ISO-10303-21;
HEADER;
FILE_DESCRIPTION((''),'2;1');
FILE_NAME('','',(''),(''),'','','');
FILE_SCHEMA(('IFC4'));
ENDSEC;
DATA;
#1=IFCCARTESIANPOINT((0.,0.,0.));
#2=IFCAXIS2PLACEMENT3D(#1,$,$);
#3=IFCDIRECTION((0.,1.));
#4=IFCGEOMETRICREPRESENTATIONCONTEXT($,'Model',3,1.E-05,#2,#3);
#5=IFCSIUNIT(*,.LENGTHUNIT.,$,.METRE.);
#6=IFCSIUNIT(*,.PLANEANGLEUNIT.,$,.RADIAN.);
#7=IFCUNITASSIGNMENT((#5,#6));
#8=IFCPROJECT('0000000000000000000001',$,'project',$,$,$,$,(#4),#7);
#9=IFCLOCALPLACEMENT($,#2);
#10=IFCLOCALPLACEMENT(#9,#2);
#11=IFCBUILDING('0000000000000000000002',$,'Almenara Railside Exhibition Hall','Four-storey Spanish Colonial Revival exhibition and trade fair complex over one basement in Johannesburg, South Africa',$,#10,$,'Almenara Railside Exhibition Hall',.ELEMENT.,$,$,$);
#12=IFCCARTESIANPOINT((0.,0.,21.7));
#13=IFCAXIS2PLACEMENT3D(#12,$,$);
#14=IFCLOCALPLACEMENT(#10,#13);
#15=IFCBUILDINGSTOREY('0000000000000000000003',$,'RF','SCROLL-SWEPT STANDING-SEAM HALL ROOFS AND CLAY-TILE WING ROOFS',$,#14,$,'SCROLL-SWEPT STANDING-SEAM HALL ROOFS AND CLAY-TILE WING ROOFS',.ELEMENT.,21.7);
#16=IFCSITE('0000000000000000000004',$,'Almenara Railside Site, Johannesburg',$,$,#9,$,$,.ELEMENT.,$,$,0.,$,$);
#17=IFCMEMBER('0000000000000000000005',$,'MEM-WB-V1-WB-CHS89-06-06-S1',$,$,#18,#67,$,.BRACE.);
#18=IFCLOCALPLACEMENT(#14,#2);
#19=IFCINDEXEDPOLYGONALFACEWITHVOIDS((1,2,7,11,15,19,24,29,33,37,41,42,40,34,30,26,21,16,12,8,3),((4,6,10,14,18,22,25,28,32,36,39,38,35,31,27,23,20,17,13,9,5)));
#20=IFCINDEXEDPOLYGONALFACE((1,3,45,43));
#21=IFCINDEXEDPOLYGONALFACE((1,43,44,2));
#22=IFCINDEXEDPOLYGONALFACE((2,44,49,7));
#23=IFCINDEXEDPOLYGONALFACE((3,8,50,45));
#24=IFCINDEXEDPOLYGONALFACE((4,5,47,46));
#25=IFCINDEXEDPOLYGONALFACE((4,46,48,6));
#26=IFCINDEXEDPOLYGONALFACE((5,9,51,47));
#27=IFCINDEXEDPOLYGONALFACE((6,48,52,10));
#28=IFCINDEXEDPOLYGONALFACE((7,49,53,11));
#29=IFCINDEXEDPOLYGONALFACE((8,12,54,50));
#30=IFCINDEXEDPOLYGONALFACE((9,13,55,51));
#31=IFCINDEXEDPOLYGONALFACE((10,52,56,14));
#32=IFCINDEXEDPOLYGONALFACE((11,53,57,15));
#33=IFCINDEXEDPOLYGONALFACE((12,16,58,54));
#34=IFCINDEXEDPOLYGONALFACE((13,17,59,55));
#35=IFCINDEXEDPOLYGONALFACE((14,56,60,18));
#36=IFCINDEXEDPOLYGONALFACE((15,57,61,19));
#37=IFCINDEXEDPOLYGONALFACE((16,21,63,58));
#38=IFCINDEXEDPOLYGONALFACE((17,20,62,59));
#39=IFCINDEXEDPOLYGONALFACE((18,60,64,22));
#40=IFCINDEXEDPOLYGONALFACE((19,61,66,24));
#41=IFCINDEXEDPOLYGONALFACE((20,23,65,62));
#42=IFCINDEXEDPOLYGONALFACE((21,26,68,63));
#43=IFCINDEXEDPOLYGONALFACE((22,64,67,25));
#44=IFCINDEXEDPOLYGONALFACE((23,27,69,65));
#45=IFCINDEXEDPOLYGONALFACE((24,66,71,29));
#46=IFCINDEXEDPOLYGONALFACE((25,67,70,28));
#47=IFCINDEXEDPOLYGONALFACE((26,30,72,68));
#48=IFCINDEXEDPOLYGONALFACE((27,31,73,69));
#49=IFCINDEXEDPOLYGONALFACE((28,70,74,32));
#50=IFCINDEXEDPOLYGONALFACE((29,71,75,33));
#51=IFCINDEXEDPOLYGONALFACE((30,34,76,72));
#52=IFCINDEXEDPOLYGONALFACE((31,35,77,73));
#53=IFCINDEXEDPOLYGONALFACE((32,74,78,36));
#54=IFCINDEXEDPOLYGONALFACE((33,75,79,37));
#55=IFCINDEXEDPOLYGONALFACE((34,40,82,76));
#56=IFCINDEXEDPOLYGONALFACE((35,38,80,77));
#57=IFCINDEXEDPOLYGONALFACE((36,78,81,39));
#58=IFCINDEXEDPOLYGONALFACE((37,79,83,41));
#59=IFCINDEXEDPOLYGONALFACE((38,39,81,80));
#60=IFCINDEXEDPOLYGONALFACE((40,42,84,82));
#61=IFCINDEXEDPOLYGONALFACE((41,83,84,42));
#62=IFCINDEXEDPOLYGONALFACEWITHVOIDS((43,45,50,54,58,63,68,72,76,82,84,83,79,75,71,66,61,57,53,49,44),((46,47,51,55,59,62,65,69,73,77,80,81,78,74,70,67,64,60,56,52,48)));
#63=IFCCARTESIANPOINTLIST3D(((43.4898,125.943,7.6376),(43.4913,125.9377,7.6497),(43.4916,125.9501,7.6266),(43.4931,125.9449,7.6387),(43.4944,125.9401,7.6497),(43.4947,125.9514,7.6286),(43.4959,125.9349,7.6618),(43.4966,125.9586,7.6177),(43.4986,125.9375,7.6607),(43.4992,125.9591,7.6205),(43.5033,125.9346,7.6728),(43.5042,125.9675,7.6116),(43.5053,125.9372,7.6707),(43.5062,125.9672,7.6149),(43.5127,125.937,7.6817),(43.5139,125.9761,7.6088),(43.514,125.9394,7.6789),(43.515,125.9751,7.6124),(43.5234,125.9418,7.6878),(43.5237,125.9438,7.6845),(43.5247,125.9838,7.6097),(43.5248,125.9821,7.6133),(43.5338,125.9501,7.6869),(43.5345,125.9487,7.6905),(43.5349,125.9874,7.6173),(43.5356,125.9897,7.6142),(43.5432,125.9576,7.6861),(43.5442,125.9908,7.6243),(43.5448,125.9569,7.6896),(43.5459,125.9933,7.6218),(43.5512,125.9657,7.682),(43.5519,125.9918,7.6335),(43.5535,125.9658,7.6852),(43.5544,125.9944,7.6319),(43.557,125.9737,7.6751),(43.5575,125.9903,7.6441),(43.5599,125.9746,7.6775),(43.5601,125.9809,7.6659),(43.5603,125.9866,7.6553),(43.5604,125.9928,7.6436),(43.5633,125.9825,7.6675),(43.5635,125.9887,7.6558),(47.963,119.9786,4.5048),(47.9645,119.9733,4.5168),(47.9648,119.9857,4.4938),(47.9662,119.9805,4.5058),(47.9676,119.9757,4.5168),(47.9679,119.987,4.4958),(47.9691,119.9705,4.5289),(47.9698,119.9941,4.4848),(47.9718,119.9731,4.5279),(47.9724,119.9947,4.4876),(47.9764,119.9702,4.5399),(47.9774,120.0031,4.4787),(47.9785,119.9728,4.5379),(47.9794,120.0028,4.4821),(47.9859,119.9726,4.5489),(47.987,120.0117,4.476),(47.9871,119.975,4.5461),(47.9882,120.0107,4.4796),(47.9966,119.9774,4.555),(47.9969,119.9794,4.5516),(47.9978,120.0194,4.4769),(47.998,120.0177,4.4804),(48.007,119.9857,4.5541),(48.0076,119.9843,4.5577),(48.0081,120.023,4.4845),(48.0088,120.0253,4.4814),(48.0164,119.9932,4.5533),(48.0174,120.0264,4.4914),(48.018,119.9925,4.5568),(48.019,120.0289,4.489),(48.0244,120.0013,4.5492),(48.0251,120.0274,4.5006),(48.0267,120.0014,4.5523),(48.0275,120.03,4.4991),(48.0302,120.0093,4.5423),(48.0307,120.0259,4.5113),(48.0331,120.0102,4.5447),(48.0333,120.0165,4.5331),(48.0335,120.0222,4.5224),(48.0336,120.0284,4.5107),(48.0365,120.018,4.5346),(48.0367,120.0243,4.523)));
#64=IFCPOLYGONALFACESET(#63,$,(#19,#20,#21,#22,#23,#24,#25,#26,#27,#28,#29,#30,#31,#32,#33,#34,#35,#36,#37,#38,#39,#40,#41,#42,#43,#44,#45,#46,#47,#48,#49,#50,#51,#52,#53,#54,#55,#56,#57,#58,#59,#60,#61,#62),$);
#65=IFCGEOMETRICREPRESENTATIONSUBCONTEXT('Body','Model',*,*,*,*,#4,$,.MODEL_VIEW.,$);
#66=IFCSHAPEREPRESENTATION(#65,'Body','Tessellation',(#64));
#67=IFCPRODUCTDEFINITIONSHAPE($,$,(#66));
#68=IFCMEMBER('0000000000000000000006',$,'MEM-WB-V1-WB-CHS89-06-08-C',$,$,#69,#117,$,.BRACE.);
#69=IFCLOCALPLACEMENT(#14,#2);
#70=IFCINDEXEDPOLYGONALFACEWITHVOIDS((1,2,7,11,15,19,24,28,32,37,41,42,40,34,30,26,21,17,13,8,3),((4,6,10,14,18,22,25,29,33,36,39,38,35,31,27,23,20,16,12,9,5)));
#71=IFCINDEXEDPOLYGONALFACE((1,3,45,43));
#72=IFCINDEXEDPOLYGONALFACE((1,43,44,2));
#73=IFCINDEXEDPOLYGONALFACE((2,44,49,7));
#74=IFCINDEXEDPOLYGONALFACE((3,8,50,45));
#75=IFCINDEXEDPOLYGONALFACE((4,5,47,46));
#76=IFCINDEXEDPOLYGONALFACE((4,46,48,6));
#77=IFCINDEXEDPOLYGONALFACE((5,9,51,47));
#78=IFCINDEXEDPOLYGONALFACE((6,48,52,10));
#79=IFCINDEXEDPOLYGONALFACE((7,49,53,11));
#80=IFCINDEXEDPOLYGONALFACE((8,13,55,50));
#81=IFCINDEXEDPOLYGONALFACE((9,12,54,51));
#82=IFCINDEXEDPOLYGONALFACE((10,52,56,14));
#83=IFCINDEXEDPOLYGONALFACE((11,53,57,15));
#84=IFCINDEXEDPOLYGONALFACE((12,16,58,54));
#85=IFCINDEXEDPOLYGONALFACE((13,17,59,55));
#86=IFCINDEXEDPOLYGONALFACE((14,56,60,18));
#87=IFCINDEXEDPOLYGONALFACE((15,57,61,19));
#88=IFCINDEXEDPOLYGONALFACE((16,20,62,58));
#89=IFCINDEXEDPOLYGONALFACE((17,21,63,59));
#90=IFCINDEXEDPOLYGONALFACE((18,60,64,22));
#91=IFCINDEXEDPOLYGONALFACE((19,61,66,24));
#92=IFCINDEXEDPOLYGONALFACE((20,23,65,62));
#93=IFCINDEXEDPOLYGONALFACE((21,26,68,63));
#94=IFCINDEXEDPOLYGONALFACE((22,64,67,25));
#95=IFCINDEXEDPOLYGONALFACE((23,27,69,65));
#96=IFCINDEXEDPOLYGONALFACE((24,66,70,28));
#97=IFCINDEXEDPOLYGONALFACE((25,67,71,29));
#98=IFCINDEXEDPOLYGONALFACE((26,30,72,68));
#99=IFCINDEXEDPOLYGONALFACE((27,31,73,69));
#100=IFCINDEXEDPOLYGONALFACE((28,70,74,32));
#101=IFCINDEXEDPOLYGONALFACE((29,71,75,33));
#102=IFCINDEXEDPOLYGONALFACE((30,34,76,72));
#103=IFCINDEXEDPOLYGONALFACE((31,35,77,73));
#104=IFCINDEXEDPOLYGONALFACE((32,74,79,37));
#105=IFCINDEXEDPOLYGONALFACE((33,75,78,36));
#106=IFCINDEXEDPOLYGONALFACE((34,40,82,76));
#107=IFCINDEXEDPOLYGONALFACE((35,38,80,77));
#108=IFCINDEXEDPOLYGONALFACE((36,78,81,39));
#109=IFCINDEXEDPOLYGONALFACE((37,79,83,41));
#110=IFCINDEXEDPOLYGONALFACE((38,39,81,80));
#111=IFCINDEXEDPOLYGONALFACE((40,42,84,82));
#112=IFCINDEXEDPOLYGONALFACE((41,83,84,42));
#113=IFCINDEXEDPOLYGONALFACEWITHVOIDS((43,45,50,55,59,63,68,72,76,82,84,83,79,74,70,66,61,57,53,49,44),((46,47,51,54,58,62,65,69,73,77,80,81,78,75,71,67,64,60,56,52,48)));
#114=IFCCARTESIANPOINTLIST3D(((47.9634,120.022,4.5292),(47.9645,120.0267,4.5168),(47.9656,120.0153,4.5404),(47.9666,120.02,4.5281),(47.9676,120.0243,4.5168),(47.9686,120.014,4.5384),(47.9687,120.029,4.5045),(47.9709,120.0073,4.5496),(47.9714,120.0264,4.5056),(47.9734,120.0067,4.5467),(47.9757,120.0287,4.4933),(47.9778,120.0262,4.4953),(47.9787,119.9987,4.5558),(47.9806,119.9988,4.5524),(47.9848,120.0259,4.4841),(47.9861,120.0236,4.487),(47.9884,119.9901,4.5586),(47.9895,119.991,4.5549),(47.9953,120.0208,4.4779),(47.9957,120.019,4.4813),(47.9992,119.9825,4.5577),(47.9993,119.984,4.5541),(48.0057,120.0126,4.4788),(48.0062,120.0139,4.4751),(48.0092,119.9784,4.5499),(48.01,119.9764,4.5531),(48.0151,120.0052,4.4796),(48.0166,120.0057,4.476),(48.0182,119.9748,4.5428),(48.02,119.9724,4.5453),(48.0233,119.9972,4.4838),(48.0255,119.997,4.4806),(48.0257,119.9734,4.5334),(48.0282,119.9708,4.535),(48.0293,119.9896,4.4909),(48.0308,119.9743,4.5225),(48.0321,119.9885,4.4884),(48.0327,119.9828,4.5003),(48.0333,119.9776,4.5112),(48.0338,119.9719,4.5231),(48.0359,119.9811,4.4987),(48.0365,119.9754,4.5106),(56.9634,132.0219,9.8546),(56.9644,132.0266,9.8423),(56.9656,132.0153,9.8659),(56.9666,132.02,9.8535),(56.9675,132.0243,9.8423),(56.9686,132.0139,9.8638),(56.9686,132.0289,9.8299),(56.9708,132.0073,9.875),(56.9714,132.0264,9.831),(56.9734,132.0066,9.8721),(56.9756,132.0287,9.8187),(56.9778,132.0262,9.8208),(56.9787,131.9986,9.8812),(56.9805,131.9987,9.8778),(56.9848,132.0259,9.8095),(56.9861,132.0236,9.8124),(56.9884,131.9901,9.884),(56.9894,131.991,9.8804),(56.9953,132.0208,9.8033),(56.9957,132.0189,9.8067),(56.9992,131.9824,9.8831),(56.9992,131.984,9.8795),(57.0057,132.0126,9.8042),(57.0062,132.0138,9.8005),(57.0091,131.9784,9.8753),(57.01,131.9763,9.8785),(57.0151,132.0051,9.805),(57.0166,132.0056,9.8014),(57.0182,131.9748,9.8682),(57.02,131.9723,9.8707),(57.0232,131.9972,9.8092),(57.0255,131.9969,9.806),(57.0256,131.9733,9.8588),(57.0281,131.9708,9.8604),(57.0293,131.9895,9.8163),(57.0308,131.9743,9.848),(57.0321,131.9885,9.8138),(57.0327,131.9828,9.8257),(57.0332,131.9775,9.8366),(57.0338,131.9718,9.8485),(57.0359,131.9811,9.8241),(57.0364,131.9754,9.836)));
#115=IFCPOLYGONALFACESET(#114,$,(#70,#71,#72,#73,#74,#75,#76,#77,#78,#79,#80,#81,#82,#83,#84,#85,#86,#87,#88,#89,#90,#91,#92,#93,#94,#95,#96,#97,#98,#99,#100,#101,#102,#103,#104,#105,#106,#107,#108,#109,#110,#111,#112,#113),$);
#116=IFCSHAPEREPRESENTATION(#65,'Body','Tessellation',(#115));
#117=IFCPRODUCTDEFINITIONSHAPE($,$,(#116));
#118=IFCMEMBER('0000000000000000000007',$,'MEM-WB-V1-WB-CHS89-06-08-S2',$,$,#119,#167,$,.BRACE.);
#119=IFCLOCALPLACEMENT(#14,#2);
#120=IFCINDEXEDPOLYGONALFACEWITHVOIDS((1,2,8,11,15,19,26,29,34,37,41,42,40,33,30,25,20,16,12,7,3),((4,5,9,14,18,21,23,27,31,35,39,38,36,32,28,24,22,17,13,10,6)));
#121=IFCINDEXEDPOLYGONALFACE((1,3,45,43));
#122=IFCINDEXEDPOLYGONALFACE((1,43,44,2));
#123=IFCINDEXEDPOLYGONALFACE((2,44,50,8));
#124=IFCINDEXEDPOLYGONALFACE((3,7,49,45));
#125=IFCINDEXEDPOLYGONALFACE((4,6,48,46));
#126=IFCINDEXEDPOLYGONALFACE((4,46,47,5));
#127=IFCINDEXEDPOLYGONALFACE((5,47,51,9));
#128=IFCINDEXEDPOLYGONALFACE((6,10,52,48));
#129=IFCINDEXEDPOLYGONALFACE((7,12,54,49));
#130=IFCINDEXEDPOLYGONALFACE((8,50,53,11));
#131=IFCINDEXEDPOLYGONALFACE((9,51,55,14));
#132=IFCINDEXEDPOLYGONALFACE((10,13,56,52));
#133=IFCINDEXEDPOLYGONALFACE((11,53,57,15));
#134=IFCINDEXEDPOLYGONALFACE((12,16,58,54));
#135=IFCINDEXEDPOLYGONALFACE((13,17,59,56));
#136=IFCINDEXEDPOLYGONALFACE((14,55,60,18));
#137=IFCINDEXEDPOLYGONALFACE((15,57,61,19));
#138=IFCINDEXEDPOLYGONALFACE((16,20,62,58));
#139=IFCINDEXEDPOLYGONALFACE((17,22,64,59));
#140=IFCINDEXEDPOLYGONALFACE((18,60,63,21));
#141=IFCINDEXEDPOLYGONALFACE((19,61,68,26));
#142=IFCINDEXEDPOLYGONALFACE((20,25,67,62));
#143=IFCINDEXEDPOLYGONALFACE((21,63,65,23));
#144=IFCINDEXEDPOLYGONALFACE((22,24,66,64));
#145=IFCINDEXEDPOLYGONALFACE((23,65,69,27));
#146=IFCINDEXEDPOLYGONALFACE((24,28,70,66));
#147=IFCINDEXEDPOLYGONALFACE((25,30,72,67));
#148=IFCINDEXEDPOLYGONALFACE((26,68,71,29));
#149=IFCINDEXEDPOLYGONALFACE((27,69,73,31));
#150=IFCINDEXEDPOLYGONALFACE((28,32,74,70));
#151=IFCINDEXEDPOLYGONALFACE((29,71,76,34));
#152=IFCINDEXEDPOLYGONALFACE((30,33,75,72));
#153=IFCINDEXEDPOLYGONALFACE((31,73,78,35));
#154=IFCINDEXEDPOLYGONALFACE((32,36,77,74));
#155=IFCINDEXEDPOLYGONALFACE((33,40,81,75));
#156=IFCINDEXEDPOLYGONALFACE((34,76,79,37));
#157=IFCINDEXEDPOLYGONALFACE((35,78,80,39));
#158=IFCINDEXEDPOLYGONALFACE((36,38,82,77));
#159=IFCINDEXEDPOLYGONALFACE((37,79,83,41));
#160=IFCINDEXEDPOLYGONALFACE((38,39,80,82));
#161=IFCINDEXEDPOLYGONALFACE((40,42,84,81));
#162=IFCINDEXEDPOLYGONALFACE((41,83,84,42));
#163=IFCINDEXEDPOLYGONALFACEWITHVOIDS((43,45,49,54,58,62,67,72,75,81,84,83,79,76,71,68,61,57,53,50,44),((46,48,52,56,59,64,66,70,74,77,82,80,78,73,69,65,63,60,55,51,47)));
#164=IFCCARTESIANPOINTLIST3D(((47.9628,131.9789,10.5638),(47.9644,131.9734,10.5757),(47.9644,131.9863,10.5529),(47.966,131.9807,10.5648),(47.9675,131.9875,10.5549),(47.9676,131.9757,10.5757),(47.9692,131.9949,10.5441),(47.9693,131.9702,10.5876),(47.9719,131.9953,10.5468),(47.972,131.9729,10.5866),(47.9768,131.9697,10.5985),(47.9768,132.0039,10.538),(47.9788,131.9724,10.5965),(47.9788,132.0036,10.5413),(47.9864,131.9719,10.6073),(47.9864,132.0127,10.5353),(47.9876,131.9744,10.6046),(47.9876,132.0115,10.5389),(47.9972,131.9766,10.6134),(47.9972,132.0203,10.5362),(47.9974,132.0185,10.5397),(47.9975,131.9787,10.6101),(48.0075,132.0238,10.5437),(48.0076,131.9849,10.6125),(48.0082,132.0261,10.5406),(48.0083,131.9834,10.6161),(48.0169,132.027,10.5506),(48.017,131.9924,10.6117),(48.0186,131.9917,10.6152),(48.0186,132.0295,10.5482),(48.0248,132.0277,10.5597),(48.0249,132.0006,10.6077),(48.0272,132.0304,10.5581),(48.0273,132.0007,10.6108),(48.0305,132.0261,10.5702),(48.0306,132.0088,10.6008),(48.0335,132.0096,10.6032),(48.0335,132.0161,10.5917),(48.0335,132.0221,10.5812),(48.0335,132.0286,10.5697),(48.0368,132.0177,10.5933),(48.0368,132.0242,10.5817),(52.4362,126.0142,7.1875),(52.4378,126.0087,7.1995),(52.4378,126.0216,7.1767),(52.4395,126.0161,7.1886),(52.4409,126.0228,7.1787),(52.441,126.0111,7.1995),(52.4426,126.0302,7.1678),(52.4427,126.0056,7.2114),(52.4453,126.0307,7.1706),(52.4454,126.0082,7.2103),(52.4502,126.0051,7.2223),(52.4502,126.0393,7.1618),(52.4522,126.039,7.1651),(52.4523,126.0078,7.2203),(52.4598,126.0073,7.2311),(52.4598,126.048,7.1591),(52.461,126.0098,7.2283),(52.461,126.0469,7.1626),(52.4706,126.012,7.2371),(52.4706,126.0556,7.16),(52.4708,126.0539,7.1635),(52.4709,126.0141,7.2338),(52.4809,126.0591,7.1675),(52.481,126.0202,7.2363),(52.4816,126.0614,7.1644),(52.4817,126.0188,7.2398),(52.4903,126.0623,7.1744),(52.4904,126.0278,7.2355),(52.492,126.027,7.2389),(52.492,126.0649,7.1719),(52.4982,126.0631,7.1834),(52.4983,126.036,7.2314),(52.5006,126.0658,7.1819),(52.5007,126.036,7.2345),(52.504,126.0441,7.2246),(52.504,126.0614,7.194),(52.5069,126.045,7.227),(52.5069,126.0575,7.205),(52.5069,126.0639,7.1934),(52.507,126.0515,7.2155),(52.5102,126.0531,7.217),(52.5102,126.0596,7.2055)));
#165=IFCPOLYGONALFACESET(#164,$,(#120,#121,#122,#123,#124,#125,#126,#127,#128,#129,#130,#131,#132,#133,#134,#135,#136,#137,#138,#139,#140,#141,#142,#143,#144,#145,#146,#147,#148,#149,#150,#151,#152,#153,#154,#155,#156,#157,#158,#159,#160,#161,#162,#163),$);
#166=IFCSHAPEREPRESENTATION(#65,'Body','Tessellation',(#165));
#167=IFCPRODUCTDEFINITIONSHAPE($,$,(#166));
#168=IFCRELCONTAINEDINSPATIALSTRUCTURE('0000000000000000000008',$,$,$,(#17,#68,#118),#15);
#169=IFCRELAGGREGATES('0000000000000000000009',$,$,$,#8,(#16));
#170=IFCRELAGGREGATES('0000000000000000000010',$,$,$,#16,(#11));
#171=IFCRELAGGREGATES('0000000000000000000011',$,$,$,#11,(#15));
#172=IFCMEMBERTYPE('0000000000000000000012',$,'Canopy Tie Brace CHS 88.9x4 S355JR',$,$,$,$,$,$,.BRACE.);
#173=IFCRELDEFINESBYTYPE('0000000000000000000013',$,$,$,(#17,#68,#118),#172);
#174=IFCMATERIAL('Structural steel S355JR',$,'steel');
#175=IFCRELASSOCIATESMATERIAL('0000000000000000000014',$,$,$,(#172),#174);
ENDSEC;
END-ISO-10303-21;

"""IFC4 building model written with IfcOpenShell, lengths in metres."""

from ifc_helpers import new_model, si_unit, direction, frame, origin, origin_2d, place, context, subcontext, project, spatial, hollow_circle, extrude, material, material_profile, profile_set, type_object, element, save


model = new_model("IFC4")

# Units and contexts
model_context = context("Model", 3, precision=1e-05, world=origin(), true_north=direction((0.0, 1.0)))
body_context = subcontext(model_context, "Body", "Model", "MODEL_VIEW")
ifc_project = project(units=[si_unit("LENGTHUNIT", "METRE"), si_unit("PLANEANGLEUNIT", "RADIAN")], contexts=[model_context])

# Site, building, storey
site_placement = place(None, origin())
site = spatial("IfcSite", under=ifc_project, at=site_placement, Name="Almenara Railside Site, Johannesburg", CompositionType="ELEMENT", RefElevation=0.0)
building_placement = place(site_placement, origin())
building = spatial("IfcBuilding", under=site, at=building_placement, Name="Almenara Railside Exhibition Hall", Description="Four-storey Spanish Colonial Revival exhibition and trade fair complex over one basement in Johannesburg, South Africa", LongName="Almenara Railside Exhibition Hall", CompositionType="ELEMENT")
storey_placement = place(building_placement, frame((0.0, 0.0, 21.7)))
storey = spatial("IfcBuildingStorey", under=building, at=storey_placement, Name="RF", Description="SCROLL-SWEPT STANDING-SEAM HALL ROOFS AND CLAY-TILE WING ROOFS", LongName="SCROLL-SWEPT STANDING-SEAM HALL ROOFS AND CLAY-TILE WING ROOFS", CompositionType="ELEMENT", Elevation=21.7)

# Members
ifc_material_1 = material(Name="Structural steel S355JR", Category="steel")
ifc_material_profile_1 = material_profile(ifc_material_1, hollow_circle(Radius=0.0444, WallThickness=0.0039, at=origin_2d()), Name="CHS 88.9x4")
ifc_profile_set_1 = profile_set([ifc_material_profile_1], Name="Structural steel S355JR")
member_type_1 = type_object("IfcMemberType", Name="Canopy Tie Brace CHS 88.9x4 S355JR", PredefinedType="BRACE", material=ifc_profile_set_1)
member_1_placement = place(storey_placement, frame((48.0, 120.0, 4.5168), z_axis=(-0.553138, 0.737538, 0.387396), x_axis=(-0.800008, -0.59999, 0.0)))
element("IfcMember", 1, at=member_1_placement, inside=storey, type_object=member_type_1, Name="MEM-WB-V1-WB-CHS89-06-06-S1", PredefinedType="BRACE", context=body_context, shape_type="SweptSolid", body=[
    extrude(hollow_circle(Radius=0.0444, WallThickness=0.0039, at=origin_2d()), origin(), (0.0, 0.0, 1.0), 8.0869),
])
member_2_placement = place(storey_placement, frame((48.0, 120.0, 4.5168), z_axis=(0.565423, 0.753897, 0.334569), x_axis=(-0.8, 0.6, 0.0)))
element("IfcMember", 2, at=member_2_placement, inside=storey, type_object=member_type_1, Name="MEM-WB-V1-WB-CHS89-06-08-C", PredefinedType="BRACE", context=body_context, shape_type="SweptSolid", body=[
    extrude(hollow_circle(Radius=0.0444, WallThickness=0.0039, at=origin_2d()), origin(), (0.0, 0.0, 1.0), 15.9172),
])
member_3_placement = place(storey_placement, frame((52.4734, 126.0354, 7.1995), z_axis=(-0.546566, 0.728765, 0.412513), x_axis=(-0.800004, -0.599995, 0.0)))
element("IfcMember", 3, at=member_3_placement, inside=storey, type_object=member_type_1, Name="MEM-WB-V1-WB-CHS89-06-08-S2", PredefinedType="BRACE", context=body_context, shape_type="SweptSolid", body=[
    extrude(hollow_circle(Radius=0.0444, WallThickness=0.0039, at=origin_2d()), origin(), (0.0, 0.0, 1.0), 8.1846),
])

save(model, "model.ifc")
